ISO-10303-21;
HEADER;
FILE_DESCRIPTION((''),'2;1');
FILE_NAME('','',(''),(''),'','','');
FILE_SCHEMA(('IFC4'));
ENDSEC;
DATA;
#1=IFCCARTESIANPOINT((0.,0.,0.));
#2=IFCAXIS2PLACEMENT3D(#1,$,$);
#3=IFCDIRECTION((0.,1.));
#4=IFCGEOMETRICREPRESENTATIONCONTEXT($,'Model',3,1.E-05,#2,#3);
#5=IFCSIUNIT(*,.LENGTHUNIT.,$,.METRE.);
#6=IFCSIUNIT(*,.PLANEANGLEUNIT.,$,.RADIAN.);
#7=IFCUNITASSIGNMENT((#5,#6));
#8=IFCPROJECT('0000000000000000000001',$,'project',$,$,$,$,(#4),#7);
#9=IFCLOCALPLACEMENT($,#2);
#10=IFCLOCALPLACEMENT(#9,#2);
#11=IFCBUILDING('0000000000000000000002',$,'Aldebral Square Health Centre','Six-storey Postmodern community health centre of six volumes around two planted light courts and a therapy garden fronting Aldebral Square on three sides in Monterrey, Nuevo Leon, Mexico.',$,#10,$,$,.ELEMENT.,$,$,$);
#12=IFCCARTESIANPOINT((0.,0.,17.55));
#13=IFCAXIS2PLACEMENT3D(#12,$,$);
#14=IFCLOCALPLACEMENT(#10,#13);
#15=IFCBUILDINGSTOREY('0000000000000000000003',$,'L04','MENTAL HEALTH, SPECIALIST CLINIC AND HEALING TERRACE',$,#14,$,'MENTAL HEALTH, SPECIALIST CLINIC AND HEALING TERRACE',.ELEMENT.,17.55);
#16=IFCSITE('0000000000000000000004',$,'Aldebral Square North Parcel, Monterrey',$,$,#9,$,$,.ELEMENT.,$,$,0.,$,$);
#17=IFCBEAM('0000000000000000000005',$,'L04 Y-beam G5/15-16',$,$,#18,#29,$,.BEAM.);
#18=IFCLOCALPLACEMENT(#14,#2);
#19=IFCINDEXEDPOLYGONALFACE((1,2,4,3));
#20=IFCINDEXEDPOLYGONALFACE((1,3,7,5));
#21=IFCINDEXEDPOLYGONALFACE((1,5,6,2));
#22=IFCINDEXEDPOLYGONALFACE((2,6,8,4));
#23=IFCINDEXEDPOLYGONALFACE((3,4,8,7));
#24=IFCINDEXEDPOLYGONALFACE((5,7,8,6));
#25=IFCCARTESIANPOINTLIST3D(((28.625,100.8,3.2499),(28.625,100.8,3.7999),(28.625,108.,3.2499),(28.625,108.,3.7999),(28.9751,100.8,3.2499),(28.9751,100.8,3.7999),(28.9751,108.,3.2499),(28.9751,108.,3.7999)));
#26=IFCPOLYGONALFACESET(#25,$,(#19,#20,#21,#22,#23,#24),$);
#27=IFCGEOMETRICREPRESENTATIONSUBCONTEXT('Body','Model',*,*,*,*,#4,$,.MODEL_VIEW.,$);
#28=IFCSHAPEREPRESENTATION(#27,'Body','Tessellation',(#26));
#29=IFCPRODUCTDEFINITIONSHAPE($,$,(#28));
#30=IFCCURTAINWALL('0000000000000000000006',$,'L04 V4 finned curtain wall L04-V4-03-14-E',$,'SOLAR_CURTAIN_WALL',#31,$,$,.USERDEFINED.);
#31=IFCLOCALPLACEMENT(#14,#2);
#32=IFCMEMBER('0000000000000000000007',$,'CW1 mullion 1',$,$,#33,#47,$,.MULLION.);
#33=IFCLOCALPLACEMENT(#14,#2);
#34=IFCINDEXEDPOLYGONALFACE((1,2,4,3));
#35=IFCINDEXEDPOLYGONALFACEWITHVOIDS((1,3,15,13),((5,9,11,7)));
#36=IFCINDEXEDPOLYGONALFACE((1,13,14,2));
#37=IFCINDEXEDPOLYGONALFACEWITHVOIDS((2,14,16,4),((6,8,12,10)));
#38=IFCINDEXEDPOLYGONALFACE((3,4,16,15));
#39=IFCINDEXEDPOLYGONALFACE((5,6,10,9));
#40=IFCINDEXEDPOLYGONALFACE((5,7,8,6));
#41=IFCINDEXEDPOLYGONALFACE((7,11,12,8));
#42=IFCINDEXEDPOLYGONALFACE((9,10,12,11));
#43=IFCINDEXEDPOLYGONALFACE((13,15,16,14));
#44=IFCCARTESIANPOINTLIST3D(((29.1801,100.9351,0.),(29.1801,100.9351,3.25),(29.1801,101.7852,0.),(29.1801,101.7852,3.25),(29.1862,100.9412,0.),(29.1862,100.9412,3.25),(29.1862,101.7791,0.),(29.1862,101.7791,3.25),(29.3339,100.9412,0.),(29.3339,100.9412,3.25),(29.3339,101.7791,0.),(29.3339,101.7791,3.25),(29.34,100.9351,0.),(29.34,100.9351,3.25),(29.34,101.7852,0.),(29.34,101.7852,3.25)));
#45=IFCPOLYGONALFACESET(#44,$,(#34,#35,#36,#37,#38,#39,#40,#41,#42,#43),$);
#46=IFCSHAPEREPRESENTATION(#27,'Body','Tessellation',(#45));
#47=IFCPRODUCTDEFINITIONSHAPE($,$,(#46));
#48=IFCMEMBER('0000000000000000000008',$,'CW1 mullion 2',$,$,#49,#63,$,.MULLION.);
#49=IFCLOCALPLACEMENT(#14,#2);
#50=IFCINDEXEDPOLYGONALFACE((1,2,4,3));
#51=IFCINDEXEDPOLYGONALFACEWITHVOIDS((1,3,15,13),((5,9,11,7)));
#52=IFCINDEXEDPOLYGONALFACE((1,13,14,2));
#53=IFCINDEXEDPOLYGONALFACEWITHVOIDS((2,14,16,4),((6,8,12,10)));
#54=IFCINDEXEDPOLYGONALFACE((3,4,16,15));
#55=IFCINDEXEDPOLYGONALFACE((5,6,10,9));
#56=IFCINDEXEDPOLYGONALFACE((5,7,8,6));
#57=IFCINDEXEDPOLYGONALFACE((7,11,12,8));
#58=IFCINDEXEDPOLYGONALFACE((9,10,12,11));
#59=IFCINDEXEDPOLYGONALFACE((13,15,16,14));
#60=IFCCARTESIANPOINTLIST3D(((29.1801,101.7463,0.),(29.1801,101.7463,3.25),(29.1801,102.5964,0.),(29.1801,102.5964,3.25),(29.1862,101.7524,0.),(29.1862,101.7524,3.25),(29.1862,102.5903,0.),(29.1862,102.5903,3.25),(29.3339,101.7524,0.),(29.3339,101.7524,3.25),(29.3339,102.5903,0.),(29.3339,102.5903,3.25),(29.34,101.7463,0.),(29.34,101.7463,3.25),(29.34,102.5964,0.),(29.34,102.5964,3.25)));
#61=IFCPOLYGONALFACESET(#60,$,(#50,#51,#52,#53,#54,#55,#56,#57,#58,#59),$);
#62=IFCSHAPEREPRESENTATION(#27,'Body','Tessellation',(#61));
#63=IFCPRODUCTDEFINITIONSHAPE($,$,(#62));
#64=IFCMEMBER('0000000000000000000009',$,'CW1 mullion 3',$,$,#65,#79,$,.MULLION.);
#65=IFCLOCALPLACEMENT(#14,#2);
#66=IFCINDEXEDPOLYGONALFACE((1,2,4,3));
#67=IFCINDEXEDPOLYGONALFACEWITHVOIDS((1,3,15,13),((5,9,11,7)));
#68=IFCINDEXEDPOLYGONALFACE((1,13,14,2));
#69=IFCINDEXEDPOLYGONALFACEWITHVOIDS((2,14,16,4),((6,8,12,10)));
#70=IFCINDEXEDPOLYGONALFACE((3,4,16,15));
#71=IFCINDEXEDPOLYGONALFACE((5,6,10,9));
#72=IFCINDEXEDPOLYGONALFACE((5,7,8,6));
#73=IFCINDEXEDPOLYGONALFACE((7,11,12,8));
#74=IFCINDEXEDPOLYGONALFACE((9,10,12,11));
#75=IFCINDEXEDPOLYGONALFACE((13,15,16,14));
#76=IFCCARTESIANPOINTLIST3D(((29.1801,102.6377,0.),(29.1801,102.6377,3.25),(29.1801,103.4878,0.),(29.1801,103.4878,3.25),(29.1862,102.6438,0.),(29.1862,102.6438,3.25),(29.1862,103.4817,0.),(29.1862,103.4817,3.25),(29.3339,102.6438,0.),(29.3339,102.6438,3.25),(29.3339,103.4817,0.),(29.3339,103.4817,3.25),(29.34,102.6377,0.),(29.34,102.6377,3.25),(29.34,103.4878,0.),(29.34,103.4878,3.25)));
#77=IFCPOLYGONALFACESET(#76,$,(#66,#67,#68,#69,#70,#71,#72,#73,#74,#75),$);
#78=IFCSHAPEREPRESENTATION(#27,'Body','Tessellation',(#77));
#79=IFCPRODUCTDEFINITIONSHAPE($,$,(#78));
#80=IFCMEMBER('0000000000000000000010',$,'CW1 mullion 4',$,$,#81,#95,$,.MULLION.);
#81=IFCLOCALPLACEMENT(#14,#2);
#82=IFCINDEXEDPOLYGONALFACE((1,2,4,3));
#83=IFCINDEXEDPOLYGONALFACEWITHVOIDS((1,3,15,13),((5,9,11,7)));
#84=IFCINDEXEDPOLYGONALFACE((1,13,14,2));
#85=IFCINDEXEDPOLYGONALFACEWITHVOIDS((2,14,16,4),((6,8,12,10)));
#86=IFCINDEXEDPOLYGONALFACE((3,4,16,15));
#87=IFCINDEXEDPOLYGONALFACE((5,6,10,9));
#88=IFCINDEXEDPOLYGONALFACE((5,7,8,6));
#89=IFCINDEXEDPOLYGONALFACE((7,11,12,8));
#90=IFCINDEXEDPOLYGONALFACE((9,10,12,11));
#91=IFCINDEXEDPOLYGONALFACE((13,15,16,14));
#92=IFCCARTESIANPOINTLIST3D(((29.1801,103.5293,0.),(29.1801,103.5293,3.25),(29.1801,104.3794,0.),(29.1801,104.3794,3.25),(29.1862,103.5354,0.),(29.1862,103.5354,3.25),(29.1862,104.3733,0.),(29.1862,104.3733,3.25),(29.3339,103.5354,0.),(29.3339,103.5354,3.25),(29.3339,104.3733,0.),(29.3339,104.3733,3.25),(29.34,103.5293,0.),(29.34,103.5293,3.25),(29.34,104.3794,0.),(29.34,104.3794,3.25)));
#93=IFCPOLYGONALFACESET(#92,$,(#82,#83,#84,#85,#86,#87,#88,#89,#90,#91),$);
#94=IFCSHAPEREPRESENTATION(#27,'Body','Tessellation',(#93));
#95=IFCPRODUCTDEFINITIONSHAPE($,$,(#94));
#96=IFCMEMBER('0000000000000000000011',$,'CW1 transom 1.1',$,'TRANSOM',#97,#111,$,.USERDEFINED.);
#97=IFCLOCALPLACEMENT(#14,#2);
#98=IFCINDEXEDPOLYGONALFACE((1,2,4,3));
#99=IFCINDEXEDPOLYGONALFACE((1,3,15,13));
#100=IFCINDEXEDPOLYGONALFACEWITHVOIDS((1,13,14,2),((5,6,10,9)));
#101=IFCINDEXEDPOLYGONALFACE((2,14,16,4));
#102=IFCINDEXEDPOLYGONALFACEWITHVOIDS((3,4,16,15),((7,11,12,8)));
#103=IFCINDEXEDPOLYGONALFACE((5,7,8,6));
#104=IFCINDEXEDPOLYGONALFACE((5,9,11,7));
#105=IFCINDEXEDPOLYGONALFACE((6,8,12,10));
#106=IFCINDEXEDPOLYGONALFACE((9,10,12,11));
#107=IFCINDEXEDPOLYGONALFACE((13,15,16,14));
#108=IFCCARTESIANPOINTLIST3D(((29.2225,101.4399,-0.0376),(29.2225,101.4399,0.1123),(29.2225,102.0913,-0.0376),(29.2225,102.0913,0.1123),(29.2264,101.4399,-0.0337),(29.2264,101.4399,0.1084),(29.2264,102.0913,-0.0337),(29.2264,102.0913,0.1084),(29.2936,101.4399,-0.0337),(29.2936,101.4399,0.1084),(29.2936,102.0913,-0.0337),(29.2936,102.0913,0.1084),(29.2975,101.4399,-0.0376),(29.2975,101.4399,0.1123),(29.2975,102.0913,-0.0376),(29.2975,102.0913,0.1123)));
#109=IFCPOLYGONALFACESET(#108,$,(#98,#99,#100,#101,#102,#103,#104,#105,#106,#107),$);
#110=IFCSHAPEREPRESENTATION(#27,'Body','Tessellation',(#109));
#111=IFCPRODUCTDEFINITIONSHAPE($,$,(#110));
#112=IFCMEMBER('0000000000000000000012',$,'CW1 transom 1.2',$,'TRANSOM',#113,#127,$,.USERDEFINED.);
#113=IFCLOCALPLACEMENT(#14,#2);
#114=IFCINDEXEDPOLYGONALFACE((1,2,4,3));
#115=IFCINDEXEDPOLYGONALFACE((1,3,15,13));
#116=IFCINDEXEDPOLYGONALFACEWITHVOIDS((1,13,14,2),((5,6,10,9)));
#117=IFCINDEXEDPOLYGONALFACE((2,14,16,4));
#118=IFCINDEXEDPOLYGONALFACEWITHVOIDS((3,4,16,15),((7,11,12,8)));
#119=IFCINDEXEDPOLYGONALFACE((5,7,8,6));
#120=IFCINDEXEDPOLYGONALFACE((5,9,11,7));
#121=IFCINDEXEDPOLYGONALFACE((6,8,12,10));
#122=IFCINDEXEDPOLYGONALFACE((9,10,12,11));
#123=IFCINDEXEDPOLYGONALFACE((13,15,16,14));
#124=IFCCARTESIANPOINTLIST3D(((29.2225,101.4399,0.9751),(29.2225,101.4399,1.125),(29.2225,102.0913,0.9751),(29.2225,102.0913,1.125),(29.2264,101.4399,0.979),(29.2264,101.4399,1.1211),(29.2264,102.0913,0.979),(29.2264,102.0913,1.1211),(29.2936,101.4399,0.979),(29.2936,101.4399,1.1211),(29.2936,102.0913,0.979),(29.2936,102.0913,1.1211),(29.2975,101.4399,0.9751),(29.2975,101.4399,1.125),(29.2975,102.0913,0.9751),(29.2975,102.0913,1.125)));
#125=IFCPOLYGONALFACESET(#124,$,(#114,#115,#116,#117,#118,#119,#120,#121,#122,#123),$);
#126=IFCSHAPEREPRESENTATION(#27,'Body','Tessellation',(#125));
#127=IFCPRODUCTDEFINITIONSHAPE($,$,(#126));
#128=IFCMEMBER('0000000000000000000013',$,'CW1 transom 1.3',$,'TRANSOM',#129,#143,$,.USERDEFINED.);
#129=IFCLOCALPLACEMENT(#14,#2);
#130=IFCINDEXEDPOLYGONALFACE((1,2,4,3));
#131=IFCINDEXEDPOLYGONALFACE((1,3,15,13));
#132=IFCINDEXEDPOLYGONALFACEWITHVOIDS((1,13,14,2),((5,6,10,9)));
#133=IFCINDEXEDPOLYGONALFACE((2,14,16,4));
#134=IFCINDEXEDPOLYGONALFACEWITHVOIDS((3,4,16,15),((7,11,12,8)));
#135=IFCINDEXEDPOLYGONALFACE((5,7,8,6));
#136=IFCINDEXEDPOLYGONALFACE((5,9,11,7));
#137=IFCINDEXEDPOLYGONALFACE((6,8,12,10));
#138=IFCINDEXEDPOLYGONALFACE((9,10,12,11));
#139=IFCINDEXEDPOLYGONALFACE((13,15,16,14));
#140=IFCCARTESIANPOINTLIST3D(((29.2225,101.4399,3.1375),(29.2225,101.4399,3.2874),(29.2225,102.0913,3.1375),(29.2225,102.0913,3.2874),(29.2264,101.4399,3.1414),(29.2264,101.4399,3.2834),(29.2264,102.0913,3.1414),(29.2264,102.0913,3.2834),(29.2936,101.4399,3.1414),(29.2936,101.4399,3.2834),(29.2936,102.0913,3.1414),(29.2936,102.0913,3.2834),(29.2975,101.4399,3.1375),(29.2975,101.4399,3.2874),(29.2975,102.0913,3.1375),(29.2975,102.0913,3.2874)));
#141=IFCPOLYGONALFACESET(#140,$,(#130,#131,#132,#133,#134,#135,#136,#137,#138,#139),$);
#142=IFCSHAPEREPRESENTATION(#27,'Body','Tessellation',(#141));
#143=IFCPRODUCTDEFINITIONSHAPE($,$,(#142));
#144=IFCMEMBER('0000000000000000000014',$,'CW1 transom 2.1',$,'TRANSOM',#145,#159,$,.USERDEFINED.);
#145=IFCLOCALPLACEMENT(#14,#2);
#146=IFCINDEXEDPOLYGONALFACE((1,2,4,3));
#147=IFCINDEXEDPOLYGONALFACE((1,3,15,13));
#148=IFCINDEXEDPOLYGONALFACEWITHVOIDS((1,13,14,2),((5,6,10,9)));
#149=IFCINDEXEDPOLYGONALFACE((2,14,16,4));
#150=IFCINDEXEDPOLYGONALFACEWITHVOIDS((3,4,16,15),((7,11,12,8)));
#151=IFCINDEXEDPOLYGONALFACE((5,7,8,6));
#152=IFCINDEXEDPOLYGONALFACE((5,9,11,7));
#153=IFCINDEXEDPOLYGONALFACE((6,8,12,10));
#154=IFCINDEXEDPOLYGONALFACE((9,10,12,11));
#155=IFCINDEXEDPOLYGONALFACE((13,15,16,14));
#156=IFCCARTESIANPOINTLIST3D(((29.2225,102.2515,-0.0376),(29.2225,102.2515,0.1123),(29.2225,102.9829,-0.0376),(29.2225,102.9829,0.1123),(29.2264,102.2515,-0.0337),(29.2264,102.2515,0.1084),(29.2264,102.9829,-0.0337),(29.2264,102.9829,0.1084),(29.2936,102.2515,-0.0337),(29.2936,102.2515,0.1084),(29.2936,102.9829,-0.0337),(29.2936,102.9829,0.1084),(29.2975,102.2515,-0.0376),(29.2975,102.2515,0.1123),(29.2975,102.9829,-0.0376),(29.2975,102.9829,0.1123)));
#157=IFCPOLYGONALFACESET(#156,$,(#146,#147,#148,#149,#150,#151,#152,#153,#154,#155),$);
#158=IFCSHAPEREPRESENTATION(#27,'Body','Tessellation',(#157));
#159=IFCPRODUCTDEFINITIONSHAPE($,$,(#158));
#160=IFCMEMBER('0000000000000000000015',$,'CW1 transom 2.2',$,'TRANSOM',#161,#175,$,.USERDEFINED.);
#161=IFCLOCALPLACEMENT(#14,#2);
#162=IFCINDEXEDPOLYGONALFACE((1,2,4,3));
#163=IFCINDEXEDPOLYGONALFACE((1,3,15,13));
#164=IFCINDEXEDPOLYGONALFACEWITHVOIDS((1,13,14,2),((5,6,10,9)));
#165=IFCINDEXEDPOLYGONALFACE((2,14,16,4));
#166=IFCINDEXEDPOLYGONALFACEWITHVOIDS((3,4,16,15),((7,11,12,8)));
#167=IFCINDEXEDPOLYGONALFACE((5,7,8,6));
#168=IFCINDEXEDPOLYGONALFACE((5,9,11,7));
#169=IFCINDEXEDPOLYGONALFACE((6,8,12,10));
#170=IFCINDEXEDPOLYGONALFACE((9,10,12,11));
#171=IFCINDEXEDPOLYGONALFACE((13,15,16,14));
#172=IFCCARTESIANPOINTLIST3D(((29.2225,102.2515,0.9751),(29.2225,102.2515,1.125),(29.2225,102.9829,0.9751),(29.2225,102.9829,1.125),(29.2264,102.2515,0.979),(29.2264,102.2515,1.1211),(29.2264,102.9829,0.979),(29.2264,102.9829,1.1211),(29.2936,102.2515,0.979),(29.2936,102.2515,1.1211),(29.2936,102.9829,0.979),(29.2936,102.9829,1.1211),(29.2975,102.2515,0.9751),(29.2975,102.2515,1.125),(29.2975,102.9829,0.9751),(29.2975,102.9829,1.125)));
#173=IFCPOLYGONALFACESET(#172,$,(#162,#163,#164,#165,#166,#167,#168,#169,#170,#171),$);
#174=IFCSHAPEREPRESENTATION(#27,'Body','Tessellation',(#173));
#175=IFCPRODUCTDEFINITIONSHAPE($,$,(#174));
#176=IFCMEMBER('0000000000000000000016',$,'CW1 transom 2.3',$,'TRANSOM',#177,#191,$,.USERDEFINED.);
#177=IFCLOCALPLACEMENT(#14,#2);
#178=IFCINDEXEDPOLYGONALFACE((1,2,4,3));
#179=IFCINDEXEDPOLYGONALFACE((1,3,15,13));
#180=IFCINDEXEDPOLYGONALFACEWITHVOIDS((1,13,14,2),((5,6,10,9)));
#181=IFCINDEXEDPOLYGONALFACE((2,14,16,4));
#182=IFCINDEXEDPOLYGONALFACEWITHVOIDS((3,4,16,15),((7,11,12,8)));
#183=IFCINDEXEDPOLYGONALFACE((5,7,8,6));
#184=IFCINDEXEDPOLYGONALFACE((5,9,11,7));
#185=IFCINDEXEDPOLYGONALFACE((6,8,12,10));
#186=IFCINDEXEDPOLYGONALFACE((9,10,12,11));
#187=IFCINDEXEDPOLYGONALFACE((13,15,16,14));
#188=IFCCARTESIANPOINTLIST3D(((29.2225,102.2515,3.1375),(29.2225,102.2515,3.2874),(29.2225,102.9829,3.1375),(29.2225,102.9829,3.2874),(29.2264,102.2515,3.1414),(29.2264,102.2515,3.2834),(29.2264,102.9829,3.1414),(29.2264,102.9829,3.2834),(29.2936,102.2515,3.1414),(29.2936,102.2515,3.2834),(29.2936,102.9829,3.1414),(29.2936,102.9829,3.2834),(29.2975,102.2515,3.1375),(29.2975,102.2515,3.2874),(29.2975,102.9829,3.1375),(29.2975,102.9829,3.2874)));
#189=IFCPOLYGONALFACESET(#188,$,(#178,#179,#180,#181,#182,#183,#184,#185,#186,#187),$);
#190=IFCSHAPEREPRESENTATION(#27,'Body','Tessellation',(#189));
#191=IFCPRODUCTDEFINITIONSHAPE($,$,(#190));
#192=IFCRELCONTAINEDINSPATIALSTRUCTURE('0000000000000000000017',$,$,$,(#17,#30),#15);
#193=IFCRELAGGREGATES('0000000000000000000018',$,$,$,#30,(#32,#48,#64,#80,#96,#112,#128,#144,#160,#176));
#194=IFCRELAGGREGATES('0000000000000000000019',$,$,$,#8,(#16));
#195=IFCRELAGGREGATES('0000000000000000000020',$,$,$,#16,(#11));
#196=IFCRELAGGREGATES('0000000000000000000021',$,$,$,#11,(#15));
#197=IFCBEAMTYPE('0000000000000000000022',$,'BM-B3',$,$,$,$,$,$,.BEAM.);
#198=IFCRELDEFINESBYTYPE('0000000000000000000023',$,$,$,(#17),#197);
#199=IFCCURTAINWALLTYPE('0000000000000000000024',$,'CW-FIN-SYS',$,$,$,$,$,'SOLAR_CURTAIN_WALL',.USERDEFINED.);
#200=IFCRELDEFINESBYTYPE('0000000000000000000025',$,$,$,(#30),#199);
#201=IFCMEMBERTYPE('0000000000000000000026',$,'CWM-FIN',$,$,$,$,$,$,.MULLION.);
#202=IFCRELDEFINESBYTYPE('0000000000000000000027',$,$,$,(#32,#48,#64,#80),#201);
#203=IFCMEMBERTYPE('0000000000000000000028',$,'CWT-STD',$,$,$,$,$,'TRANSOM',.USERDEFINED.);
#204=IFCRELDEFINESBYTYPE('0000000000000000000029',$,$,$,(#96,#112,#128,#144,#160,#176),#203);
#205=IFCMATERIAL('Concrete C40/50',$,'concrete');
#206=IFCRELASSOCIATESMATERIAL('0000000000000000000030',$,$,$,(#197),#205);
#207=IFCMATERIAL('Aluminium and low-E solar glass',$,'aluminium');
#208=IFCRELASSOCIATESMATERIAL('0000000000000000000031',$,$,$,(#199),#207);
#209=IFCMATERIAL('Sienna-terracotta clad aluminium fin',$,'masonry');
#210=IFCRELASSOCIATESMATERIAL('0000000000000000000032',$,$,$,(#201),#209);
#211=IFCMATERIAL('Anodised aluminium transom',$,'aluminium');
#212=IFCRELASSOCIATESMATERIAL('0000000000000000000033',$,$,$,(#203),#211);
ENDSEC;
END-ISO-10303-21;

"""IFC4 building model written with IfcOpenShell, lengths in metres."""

from ifc_helpers import new_model, si_unit, direction, frame, origin, origin_2d, place, context, subcontext, project, spatial, rectangle, hollow_rectangle, extrude, material, material_profile, profile_set, type_object, element, aggregate, save


model = new_model("IFC4")

# Units and contexts
model_context = context("Model", 3, precision=1e-05, world=origin(), true_north=direction((0.0, 1.0)))
body_context = subcontext(model_context, "Body", "Model", "MODEL_VIEW")
ifc_project = project(units=[si_unit("LENGTHUNIT", "METRE"), si_unit("PLANEANGLEUNIT", "RADIAN")], contexts=[model_context])

# Site, building, storey
site_placement = place(None, origin())
site = spatial("IfcSite", under=ifc_project, at=site_placement, Name="Aldebral Square North Parcel, Monterrey", CompositionType="ELEMENT", RefElevation=0.0)
building_placement = place(site_placement, origin())
building = spatial("IfcBuilding", under=site, at=building_placement, Name="Aldebral Square Health Centre", Description="Six-storey Postmodern community health centre of six volumes around two planted light courts and a therapy garden fronting Aldebral Square on three sides in Monterrey, Nuevo Leon, Mexico.", CompositionType="ELEMENT")
storey_placement = place(building_placement, frame((0.0, 0.0, 17.55)))
storey = spatial("IfcBuildingStorey", under=building, at=storey_placement, Name="L04", Description="MENTAL HEALTH, SPECIALIST CLINIC AND HEALING TERRACE", LongName="MENTAL HEALTH, SPECIALIST CLINIC AND HEALING TERRACE", CompositionType="ELEMENT", Elevation=17.55)

# Beam
ifc_material_1 = material(Name="Concrete C40/50", Category="concrete")
ifc_material_profile_1 = material_profile(ifc_material_1, rectangle(XDim=0.3501, YDim=0.55, at=origin_2d()), Name="RC 350x550")
ifc_profile_set_1 = profile_set([ifc_material_profile_1], Name="Concrete C40/50")
beam_type = type_object("IfcBeamType", Name="BM-B3", PredefinedType="BEAM", material=ifc_profile_set_1)
beam_placement = place(storey_placement, frame((28.8, 100.8, 3.5249), z_axis=(0.0, 1.0, 0.0), x_axis=(-1.0, 0.0, 0.0)))
element("IfcBeam", 1, at=beam_placement, inside=storey, type_object=beam_type, Name="L04 Y-beam G5/15-16", PredefinedType="BEAM", context=body_context, shape_type="SweptSolid", body=[
    extrude(rectangle(XDim=0.3501, YDim=0.55, at=origin_2d()), origin(), (0.0, 0.0, 1.0), 7.2),
])

# Curtain wall, members
ifc_material_2 = material(Name="Aluminium and low-E solar glass", Category="aluminium")
curtain_wall_type = type_object("IfcCurtainWallType", Name="CW-FIN-SYS", ElementType="SOLAR_CURTAIN_WALL", PredefinedType="USERDEFINED", material=ifc_material_2)
curtain_wall_placement = place(storey_placement, origin())
curtain_wall = element("IfcCurtainWall", 2, at=curtain_wall_placement, inside=storey, type_object=curtain_wall_type, Name="L04 V4 finned curtain wall L04-V4-03-14-E", ObjectType="SOLAR_CURTAIN_WALL", PredefinedType="USERDEFINED")
ifc_material_3 = material(Name="Sienna-terracotta clad aluminium fin", Category="masonry")
ifc_material_profile_2 = material_profile(ifc_material_3, hollow_rectangle(XDim=0.1599, YDim=0.8501, WallThickness=0.0061, at=origin_2d()), Name="FIN 160x850x6")
ifc_profile_set_2 = profile_set([ifc_material_profile_2], Name="Sienna-terracotta clad aluminium fin")
member_type_1 = type_object("IfcMemberType", Name="CWM-FIN", PredefinedType="MULLION", material=ifc_profile_set_2)
member_1_placement = place(storey_placement, frame((29.26, 101.3601, 0.0), z_axis=(0.0, 0.0, 1.0), x_axis=(-1.0, 0.0, 0.0)))
member_1 = element("IfcMember", 3, at=member_1_placement, type_object=member_type_1, Name="CW1 mullion 1", PredefinedType="MULLION", context=body_context, shape_type="SweptSolid", body=[
    extrude(hollow_rectangle(XDim=0.1599, YDim=0.8501, WallThickness=0.0061, at=origin_2d()), origin(), (0.0, 0.0, 1.0), 3.25),
])
member_2_placement = place(storey_placement, frame((29.26, 102.1714, 0.0), z_axis=(0.0, 0.0, 1.0), x_axis=(-1.0, 0.0, 0.0)))
member_2 = element("IfcMember", 4, at=member_2_placement, type_object=member_type_1, Name="CW1 mullion 2", PredefinedType="MULLION", context=body_context, shape_type="SweptSolid", body=[
    extrude(hollow_rectangle(XDim=0.1599, YDim=0.8501, WallThickness=0.0061, at=origin_2d()), origin(), (0.0, 0.0, 1.0), 3.25),
])
member_3_placement = place(storey_placement, frame((29.26, 103.0627, 0.0), z_axis=(0.0, 0.0, 1.0), x_axis=(-1.0, 0.0, 0.0)))
member_3 = element("IfcMember", 5, at=member_3_placement, type_object=member_type_1, Name="CW1 mullion 3", PredefinedType="MULLION", context=body_context, shape_type="SweptSolid", body=[
    extrude(hollow_rectangle(XDim=0.1599, YDim=0.8501, WallThickness=0.0061, at=origin_2d()), origin(), (0.0, 0.0, 1.0), 3.25),
])
member_4_placement = place(storey_placement, frame((29.26, 103.9543, 0.0), z_axis=(0.0, 0.0, 1.0), x_axis=(-1.0, 0.0, 0.0)))
member_4 = element("IfcMember", 6, at=member_4_placement, type_object=member_type_1, Name="CW1 mullion 4", PredefinedType="MULLION", context=body_context, shape_type="SweptSolid", body=[
    extrude(hollow_rectangle(XDim=0.1599, YDim=0.8501, WallThickness=0.0061, at=origin_2d()), origin(), (0.0, 0.0, 1.0), 3.25),
])
ifc_material_4 = material(Name="Anodised aluminium transom", Category="aluminium")
ifc_material_profile_3 = material_profile(ifc_material_4, hollow_rectangle(XDim=0.075, YDim=0.1499, WallThickness=0.0039, at=origin_2d()), Name="CWT 75x150x4")
ifc_profile_set_3 = profile_set([ifc_material_profile_3], Name="Anodised aluminium transom")
member_type_2 = type_object("IfcMemberType", Name="CWT-STD", ElementType="TRANSOM", PredefinedType="USERDEFINED", material=ifc_profile_set_3)
member_5_placement = place(storey_placement, frame((29.26, 101.4399, 0.0374), z_axis=(0.0, 1.0, 0.0), x_axis=(-1.0, 0.0, 0.0)))
member_5 = element("IfcMember", 7, at=member_5_placement, type_object=member_type_2, Name="CW1 transom 1.1", ObjectType="TRANSOM", PredefinedType="USERDEFINED", context=body_context, shape_type="SweptSolid", body=[
    extrude(hollow_rectangle(XDim=0.075, YDim=0.1499, WallThickness=0.0039, at=origin_2d()), origin(), (0.0, 0.0, 1.0), 0.6514),
])
member_6_placement = place(storey_placement, frame((29.26, 101.4399, 1.05), z_axis=(0.0, 1.0, 0.0), x_axis=(-1.0, 0.0, 0.0)))
member_6 = element("IfcMember", 8, at=member_6_placement, type_object=member_type_2, Name="CW1 transom 1.2", ObjectType="TRANSOM", PredefinedType="USERDEFINED", context=body_context, shape_type="SweptSolid", body=[
    extrude(hollow_rectangle(XDim=0.075, YDim=0.1499, WallThickness=0.0039, at=origin_2d()), origin(), (0.0, 0.0, 1.0), 0.6514),
])
member_7_placement = place(storey_placement, frame((29.26, 101.4399, 3.2124), z_axis=(0.0, 1.0, 0.0), x_axis=(-1.0, 0.0, 0.0)))
member_7 = element("IfcMember", 9, at=member_7_placement, type_object=member_type_2, Name="CW1 transom 1.3", ObjectType="TRANSOM", PredefinedType="USERDEFINED", context=body_context, shape_type="SweptSolid", body=[
    extrude(hollow_rectangle(XDim=0.075, YDim=0.1499, WallThickness=0.0039, at=origin_2d()), origin(), (0.0, 0.0, 1.0), 0.6514),
])
member_8_placement = place(storey_placement, frame((29.26, 102.2515, 0.0374), z_axis=(0.0, 1.0, 0.0), x_axis=(-1.0, 0.0, 0.0)))
member_8 = element("IfcMember", 10, at=member_8_placement, type_object=member_type_2, Name="CW1 transom 2.1", ObjectType="TRANSOM", PredefinedType="USERDEFINED", context=body_context, shape_type="SweptSolid", body=[
    extrude(hollow_rectangle(XDim=0.075, YDim=0.1499, WallThickness=0.0039, at=origin_2d()), origin(), (0.0, 0.0, 1.0), 0.7314),
])
member_9_placement = place(storey_placement, frame((29.26, 102.2515, 1.05), z_axis=(0.0, 1.0, 0.0), x_axis=(-1.0, 0.0, 0.0)))
member_9 = element("IfcMember", 11, at=member_9_placement, type_object=member_type_2, Name="CW1 transom 2.2", ObjectType="TRANSOM", PredefinedType="USERDEFINED", context=body_context, shape_type="SweptSolid", body=[
    extrude(hollow_rectangle(XDim=0.075, YDim=0.1499, WallThickness=0.0039, at=origin_2d()), origin(), (0.0, 0.0, 1.0), 0.7314),
])
member_10_placement = place(storey_placement, frame((29.26, 102.2515, 3.2124), z_axis=(0.0, 1.0, 0.0), x_axis=(-1.0, 0.0, 0.0)))
member_10 = element("IfcMember", 12, at=member_10_placement, type_object=member_type_2, Name="CW1 transom 2.3", ObjectType="TRANSOM", PredefinedType="USERDEFINED", context=body_context, shape_type="SweptSolid", body=[
    extrude(hollow_rectangle(XDim=0.075, YDim=0.1499, WallThickness=0.0039, at=origin_2d()), origin(), (0.0, 0.0, 1.0), 0.7314),
])
aggregate(curtain_wall, [member_1, member_2, member_3, member_4, member_5, member_6, member_7, member_8, member_9, member_10])

save(model, "model.ifc")
